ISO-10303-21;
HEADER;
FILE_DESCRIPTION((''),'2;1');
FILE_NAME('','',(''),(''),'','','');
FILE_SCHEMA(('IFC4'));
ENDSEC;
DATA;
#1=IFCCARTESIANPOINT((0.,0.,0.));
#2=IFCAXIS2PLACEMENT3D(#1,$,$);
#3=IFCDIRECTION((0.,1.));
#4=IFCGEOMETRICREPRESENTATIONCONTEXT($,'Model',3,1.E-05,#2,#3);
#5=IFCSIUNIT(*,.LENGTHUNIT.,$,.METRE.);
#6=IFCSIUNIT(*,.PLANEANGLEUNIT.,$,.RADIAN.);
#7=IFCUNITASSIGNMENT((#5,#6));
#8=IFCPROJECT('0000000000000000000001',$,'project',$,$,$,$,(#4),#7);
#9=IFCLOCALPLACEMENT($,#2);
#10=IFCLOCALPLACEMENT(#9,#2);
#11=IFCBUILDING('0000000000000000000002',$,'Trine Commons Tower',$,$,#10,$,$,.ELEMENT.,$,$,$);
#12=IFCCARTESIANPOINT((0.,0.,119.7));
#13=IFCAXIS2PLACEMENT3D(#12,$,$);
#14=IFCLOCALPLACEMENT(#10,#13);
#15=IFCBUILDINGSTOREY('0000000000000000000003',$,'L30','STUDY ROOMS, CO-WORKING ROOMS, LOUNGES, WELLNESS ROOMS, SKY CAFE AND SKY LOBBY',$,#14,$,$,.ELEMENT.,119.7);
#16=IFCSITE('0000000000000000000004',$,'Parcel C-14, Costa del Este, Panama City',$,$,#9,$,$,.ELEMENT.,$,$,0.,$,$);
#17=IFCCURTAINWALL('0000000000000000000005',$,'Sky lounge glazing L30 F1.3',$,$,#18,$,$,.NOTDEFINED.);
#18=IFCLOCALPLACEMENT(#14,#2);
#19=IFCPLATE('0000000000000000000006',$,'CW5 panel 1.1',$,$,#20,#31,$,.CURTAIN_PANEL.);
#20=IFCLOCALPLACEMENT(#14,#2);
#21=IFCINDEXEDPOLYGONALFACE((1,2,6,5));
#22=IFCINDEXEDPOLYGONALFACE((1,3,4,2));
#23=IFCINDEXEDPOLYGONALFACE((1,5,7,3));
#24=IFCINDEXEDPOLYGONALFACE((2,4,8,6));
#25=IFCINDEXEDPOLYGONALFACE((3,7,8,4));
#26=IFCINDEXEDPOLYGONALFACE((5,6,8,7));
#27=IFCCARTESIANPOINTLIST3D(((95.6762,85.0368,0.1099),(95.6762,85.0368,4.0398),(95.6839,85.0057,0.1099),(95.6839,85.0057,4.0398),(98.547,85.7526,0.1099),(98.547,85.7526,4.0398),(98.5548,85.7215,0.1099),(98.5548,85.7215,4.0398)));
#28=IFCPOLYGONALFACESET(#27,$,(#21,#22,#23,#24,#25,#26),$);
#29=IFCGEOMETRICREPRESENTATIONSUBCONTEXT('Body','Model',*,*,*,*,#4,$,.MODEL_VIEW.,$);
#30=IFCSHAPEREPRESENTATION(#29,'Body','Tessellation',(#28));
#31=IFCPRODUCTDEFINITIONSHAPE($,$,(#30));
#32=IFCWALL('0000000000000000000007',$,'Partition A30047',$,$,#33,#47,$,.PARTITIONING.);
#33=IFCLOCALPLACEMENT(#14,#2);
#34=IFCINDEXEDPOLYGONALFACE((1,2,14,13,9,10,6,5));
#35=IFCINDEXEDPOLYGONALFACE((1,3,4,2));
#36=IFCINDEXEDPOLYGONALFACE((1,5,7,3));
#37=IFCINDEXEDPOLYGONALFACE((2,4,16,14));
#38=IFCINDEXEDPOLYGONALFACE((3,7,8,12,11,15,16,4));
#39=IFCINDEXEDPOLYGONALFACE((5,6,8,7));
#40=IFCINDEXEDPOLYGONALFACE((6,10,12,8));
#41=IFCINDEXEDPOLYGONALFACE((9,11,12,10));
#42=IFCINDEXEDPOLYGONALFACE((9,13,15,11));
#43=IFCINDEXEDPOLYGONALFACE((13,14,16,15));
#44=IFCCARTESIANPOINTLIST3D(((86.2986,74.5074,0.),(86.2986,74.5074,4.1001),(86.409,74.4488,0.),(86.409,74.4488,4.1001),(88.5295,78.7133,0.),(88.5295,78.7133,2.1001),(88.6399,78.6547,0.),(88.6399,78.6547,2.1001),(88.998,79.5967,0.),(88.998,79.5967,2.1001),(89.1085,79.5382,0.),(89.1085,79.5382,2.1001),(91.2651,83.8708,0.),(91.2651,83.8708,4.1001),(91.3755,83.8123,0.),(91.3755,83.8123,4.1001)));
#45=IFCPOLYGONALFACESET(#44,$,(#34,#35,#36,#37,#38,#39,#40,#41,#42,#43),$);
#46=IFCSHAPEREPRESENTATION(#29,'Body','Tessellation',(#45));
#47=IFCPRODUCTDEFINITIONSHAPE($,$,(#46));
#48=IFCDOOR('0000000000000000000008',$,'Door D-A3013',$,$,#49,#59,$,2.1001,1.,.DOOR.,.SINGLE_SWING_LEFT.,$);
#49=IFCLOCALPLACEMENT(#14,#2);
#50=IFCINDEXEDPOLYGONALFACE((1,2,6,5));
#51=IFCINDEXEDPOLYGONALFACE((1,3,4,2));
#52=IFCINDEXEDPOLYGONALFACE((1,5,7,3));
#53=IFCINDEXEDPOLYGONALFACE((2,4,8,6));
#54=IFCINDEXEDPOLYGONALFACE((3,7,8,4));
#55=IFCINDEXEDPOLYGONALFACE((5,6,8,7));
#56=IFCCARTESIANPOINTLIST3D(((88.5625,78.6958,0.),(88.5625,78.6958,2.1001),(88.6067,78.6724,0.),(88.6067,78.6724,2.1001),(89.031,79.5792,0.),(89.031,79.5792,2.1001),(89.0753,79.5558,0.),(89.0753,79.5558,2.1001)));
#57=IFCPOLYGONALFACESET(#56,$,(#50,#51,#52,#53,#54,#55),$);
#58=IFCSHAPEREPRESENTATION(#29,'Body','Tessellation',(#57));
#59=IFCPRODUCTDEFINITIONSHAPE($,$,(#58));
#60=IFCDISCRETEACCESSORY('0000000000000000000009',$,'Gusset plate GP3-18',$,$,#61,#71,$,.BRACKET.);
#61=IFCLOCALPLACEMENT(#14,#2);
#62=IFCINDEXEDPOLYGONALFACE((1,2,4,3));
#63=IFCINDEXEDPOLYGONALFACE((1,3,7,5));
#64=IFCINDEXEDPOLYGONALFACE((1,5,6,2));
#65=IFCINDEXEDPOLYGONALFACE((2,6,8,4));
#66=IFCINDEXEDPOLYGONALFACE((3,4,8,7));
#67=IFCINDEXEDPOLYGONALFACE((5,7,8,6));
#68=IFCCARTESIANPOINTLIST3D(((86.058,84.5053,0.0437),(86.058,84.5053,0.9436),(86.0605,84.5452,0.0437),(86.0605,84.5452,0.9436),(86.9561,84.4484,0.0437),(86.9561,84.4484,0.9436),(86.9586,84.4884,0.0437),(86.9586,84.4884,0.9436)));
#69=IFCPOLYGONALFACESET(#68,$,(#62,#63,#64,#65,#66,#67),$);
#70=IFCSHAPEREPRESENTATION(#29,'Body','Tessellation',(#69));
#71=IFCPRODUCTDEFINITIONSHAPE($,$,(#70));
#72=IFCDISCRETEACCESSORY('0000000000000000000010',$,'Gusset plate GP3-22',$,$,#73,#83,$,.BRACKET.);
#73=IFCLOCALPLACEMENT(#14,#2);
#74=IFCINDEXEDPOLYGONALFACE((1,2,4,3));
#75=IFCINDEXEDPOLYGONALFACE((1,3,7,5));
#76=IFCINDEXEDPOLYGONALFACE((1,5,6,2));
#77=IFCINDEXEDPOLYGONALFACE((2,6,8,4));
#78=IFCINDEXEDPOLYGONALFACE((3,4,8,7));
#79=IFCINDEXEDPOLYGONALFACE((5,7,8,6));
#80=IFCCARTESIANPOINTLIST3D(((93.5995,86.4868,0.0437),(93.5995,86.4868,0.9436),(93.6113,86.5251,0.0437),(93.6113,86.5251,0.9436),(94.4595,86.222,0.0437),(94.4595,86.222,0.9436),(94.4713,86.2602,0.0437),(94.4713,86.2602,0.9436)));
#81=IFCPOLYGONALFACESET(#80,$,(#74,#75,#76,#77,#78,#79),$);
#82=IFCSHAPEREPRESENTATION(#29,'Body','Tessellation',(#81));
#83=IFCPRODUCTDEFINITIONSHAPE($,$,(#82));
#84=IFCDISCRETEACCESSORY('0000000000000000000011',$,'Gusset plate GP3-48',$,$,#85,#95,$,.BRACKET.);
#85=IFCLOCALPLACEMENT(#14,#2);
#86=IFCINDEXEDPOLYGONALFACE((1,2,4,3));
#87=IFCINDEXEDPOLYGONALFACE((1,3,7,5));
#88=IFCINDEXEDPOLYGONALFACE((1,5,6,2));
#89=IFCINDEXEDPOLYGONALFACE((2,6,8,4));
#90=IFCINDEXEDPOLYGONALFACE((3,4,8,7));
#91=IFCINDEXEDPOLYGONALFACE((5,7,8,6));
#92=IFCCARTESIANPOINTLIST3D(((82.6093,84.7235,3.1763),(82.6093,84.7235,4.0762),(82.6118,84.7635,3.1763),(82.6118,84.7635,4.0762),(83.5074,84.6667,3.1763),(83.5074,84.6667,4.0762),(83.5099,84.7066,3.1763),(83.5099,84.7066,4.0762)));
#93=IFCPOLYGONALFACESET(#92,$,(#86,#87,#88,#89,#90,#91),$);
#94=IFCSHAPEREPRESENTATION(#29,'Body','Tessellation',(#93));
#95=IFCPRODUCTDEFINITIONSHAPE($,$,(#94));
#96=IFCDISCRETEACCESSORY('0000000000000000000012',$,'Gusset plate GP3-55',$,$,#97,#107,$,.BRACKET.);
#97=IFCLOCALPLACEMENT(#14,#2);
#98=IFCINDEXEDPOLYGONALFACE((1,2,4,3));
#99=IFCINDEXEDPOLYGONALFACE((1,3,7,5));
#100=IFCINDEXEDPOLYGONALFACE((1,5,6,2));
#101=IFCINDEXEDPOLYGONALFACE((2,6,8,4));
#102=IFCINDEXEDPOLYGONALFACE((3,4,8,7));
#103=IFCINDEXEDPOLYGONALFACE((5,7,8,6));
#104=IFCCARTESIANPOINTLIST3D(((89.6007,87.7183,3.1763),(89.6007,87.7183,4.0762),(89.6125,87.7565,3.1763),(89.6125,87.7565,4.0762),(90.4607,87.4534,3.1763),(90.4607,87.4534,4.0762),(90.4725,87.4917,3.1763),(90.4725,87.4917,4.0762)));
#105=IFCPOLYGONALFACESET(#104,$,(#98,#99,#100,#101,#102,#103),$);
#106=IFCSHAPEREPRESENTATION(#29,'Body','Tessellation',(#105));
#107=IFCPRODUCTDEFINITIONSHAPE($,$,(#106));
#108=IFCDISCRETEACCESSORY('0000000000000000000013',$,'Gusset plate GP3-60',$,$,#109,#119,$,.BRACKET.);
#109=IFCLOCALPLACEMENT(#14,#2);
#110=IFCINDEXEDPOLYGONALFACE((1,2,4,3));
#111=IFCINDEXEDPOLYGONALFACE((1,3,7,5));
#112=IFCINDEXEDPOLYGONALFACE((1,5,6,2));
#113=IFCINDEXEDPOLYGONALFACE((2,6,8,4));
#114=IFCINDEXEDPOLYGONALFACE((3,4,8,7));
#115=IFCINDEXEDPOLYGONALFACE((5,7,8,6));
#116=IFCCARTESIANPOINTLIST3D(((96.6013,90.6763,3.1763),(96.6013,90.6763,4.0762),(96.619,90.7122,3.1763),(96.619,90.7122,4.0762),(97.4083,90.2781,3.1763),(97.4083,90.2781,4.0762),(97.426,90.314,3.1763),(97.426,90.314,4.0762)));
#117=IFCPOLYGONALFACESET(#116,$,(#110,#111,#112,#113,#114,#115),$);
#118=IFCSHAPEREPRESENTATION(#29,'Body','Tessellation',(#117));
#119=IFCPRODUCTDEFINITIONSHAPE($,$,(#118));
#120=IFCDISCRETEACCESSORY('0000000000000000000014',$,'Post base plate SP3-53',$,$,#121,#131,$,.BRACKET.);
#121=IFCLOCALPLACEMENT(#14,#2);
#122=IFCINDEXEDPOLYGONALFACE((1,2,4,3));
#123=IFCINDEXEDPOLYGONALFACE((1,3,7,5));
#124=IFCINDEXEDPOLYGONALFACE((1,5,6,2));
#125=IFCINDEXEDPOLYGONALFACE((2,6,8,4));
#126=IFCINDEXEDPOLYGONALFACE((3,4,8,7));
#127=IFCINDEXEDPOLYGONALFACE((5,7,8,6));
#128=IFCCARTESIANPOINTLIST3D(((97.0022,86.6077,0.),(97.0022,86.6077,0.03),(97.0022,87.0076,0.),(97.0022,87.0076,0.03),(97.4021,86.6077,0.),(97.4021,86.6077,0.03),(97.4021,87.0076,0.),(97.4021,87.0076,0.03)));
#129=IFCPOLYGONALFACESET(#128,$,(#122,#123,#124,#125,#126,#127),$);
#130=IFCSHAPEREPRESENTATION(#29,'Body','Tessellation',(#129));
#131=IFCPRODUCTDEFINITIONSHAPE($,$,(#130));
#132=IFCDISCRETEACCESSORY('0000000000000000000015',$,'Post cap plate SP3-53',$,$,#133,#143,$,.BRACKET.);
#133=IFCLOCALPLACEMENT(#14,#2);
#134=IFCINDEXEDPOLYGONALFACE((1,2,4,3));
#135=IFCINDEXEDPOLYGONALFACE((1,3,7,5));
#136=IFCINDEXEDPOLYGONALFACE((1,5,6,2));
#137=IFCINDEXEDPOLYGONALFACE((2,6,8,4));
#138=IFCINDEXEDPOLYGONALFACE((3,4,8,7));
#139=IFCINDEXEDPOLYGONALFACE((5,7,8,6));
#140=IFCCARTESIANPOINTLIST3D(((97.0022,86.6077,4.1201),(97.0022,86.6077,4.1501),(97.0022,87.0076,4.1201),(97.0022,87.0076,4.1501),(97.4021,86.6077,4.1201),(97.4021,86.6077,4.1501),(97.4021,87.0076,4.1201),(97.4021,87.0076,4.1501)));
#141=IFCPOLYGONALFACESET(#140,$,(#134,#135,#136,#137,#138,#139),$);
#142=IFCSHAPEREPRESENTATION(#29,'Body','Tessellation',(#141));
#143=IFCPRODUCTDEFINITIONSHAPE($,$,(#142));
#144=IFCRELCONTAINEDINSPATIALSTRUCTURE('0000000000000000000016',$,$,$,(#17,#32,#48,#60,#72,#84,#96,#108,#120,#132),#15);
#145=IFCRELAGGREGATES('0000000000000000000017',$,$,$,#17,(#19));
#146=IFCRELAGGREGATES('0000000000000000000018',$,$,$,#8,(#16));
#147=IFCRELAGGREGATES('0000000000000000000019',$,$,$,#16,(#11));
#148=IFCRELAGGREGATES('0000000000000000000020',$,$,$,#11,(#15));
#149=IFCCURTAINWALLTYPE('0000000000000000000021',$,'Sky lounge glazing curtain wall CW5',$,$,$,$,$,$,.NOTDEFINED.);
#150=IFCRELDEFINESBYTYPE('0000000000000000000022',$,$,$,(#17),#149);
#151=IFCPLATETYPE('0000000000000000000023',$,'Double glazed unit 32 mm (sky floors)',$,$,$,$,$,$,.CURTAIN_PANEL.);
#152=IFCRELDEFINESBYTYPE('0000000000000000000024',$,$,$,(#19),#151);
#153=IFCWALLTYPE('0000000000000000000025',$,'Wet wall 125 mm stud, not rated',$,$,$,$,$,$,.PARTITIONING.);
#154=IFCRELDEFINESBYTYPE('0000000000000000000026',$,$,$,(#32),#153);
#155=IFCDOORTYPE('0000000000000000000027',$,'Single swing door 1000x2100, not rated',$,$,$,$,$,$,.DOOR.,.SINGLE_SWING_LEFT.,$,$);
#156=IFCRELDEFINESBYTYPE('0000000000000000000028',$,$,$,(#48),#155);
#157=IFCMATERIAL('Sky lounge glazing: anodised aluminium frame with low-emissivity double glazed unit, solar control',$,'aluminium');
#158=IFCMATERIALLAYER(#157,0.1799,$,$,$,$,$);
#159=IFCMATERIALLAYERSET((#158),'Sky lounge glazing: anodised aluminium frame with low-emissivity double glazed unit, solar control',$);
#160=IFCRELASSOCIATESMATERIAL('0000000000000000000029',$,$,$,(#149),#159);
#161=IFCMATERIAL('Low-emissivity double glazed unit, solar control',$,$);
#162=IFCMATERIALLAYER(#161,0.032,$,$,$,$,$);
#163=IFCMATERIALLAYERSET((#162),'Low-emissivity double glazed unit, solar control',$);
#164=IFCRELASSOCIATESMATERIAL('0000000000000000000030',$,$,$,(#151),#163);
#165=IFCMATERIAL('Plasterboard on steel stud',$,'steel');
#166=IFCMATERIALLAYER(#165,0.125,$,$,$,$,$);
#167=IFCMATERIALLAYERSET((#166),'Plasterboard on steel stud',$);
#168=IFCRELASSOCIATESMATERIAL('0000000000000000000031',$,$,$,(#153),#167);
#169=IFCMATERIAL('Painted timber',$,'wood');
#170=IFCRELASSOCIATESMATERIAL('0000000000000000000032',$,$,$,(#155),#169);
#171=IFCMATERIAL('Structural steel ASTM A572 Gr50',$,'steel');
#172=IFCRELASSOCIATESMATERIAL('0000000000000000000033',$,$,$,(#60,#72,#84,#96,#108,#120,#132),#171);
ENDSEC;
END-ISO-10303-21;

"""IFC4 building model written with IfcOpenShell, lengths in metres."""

from ifc_helpers import new_model, si_unit, direction, frame, frame_2d, origin, origin_2d, place, context, subcontext, project, spatial, rectangle, extrude, material, layer, layer_set, type_object, element, fill, aggregate, save


model = new_model("IFC4")

# Units and contexts
model_context = context("Model", 3, precision=1e-05, world=origin(), true_north=direction((0.0, 1.0)))
body_context = subcontext(model_context, "Body", "Model", "MODEL_VIEW")
ifc_project = project(units=[si_unit("LENGTHUNIT", "METRE"), si_unit("PLANEANGLEUNIT", "RADIAN")], contexts=[model_context])

# Site, building, storey
site_placement = place(None, origin())
site = spatial("IfcSite", under=ifc_project, at=site_placement, Name="Parcel C-14, Costa del Este, Panama City", CompositionType="ELEMENT", RefElevation=0.0)
building_placement = place(site_placement, origin())
building = spatial("IfcBuilding", under=site, at=building_placement, Name="Trine Commons Tower", CompositionType="ELEMENT")
storey_placement = place(building_placement, frame((0.0, 0.0, 119.7)))
storey = spatial("IfcBuildingStorey", under=building, at=storey_placement, Name="L30", Description="STUDY ROOMS, CO-WORKING ROOMS, LOUNGES, WELLNESS ROOMS, SKY CAFE AND SKY LOBBY", CompositionType="ELEMENT", Elevation=119.7)

# Shared definitions
ifc_material_1 = material(Name="Sky lounge glazing: anodised aluminium frame with low-emissivity double glazed unit, solar control", Category="aluminium")
ifc_layer_1 = layer(ifc_material_1, 0.1799)
ifc_layer_set_1 = layer_set([ifc_layer_1], Name="Sky lounge glazing: anodised aluminium frame with low-emissivity double glazed unit, solar control")
curtain_wall_type = type_object("IfcCurtainWallType", Name="Sky lounge glazing curtain wall CW5", PredefinedType="NOTDEFINED", material=ifc_layer_set_1)

# Curtain wall
curtain_wall_1_placement = place(storey_placement, origin())
curtain_wall_1 = element("IfcCurtainWall", 1, at=curtain_wall_1_placement, inside=storey, type_object=curtain_wall_type, Name="Sky lounge glazing L30 F1.3", PredefinedType="NOTDEFINED")

# Plate
ifc_material_2 = material(Name="Low-emissivity double glazed unit, solar control")
ifc_layer_2 = layer(ifc_material_2, 0.032)
ifc_layer_set_2 = layer_set([ifc_layer_2], Name="Low-emissivity double glazed unit, solar control")
plate_type = type_object("IfcPlateType", Name="Double glazed unit 32 mm (sky floors)", PredefinedType="CURTAIN_PANEL", material=ifc_layer_set_2)
plate_1_placement = place(storey_placement, frame((97.1155, 85.3792, 0.1099), z_axis=(0.0, 0.0, 1.0), x_axis=(0.970296, 0.241922, 0.0)))
plate_1 = element("IfcPlate", 2, at=plate_1_placement, type_object=plate_type, Name="CW5 panel 1.1", PredefinedType="CURTAIN_PANEL", context=body_context, shape_type="SweptSolid", body=[
    extrude(rectangle(XDim=2.9587, YDim=0.032, at=origin_2d()), origin(), (0.0, 0.0, 1.0), 3.9299),
])
aggregate(curtain_wall_1, [plate_1])

# Wall, opening, door
ifc_material_3 = material(Name="Plasterboard on steel stud", Category="steel")
ifc_layer_3 = layer(ifc_material_3, 0.125)
ifc_layer_set_3 = layer_set([ifc_layer_3], Name="Plasterboard on steel stud")
wall_type_1 = type_object("IfcWallType", Name="Wet wall 125 mm stud, not rated", PredefinedType="PARTITIONING", material=ifc_layer_set_3)
wall_1_placement = place(storey_placement, frame((91.3203, 83.8416, 0.0), z_axis=(0.0, 0.0, 1.0), x_axis=(-0.46858, -0.883421, 0.0)))
wall_1 = element("IfcWall", 3, at=wall_1_placement, inside=storey, type_object=wall_type_1, Name="Partition A30047", PredefinedType="PARTITIONING", context=body_context, shape_type="SweptSolid", body=[
    extrude(rectangle(XDim=10.5991, YDim=0.125, at=frame_2d((5.2996, 0.0))), origin(), (0.0, 0.0, 1.0), 4.1001),
])
opening_1_placement = place(wall_1_placement, frame((4.8381, 0.0, 0.0)))
opening_1 = element("IfcOpeningElement", 4, at=opening_1_placement, cuts=wall_1, PredefinedType="OPENING", context=body_context, shape_type="SweptSolid", body=[
    extrude(rectangle(XDim=1.0, YDim=2.1001, at=frame_2d((0.5, 1.05))), frame((0.0, 0.0725, 0.0), z_axis=(0.0, -1.0, 0.0), x_axis=(1.0, 0.0, 0.0)), (0.0, 0.0, 1.0), 0.145),
])
ifc_material_4 = material(Name="Painted timber", Category="wood")
door_type_1 = type_object("IfcDoorType", Name="Single swing door 1000x2100, not rated", OperationType="SINGLE_SWING_LEFT", PredefinedType="DOOR", material=ifc_material_4)
door_1_placement = place(opening_1_placement, origin())
door_1 = element("IfcDoor", 5, at=door_1_placement, inside=storey, type_object=door_type_1, Name="Door D-A3013", OperationType="SINGLE_SWING_LEFT", OverallHeight=2.1001, OverallWidth=1.0, PredefinedType="DOOR", context=body_context, shape_type="SweptSolid", body=[
    extrude(rectangle(XDim=1.0, YDim=2.1001, at=frame_2d((0.5, 1.05))), frame((0.0, 0.0249, 0.0), z_axis=(0.0, -1.0, 0.0), x_axis=(1.0, 0.0, 0.0)), (0.0, 0.0, 1.0), 0.05),
])
fill(opening_1, door_1)

# Discrete accessories
ifc_material_5 = material(Name="Structural steel ASTM A572 Gr50", Category="steel")
for number, where, z_axis, x_axis, name in (
    (6, (86.5083, 84.4968, 0.0437), (0.0, 0.0, 1.0), (-0.998003, 0.063174, 0.0), "Gusset plate GP3-18"),
    (7, (94.0354, 86.3735, 0.0437), (0.0, 0.0, 1.0), (-0.955706, 0.294324, 0.0), "Gusset plate GP3-22"),
    (8, (83.0596, 84.7151, 3.1763), (0.0, 0.0, 1.0), (-0.998003, 0.063174, 0.0), "Gusset plate GP3-48"),
    (9, (90.0366, 87.605, 3.1763), (0.0, 0.0, 1.0), (-0.955706, 0.294324, 0.0), "Gusset plate GP3-55"),
    (10, (97.0137, 90.4951, 3.1763), (0.0, 0.0, 1.0), (-0.896757, 0.442523, 0.0), "Gusset plate GP3-60"),
):
    element("IfcDiscreteAccessory", number, at=place(storey_placement, frame(where, z_axis=z_axis, x_axis=x_axis)), inside=storey, material=ifc_material_5, Name=name, PredefinedType="BRACKET", context=body_context, shape_type="SweptSolid", body=[
        extrude(rectangle(XDim=0.8999, YDim=0.04, at=origin_2d()), origin(), (0.0, 0.0, 1.0), 0.8999),
    ])
for number, where, z_axis, x_axis, name in (
    (11, (97.2021, 86.8076, 0.0), (0.0, 0.0, 1.0), (1.0, 0.0, 0.0), "Post base plate SP3-53"),
    (12, (97.2021, 86.8076, 4.1201), (0.0, 0.0, 1.0), (1.0, 0.0, 0.0), "Post cap plate SP3-53"),
):
    element("IfcDiscreteAccessory", number, at=place(storey_placement, frame(where, z_axis=z_axis, x_axis=x_axis)), inside=storey, material=ifc_material_5, Name=name, PredefinedType="BRACKET", context=body_context, shape_type="SweptSolid", body=[
        extrude(rectangle(XDim=0.3999, YDim=0.3999, at=origin_2d()), origin(), (0.0, 0.0, 1.0), 0.03),
    ])

save(model, "model.ifc")
